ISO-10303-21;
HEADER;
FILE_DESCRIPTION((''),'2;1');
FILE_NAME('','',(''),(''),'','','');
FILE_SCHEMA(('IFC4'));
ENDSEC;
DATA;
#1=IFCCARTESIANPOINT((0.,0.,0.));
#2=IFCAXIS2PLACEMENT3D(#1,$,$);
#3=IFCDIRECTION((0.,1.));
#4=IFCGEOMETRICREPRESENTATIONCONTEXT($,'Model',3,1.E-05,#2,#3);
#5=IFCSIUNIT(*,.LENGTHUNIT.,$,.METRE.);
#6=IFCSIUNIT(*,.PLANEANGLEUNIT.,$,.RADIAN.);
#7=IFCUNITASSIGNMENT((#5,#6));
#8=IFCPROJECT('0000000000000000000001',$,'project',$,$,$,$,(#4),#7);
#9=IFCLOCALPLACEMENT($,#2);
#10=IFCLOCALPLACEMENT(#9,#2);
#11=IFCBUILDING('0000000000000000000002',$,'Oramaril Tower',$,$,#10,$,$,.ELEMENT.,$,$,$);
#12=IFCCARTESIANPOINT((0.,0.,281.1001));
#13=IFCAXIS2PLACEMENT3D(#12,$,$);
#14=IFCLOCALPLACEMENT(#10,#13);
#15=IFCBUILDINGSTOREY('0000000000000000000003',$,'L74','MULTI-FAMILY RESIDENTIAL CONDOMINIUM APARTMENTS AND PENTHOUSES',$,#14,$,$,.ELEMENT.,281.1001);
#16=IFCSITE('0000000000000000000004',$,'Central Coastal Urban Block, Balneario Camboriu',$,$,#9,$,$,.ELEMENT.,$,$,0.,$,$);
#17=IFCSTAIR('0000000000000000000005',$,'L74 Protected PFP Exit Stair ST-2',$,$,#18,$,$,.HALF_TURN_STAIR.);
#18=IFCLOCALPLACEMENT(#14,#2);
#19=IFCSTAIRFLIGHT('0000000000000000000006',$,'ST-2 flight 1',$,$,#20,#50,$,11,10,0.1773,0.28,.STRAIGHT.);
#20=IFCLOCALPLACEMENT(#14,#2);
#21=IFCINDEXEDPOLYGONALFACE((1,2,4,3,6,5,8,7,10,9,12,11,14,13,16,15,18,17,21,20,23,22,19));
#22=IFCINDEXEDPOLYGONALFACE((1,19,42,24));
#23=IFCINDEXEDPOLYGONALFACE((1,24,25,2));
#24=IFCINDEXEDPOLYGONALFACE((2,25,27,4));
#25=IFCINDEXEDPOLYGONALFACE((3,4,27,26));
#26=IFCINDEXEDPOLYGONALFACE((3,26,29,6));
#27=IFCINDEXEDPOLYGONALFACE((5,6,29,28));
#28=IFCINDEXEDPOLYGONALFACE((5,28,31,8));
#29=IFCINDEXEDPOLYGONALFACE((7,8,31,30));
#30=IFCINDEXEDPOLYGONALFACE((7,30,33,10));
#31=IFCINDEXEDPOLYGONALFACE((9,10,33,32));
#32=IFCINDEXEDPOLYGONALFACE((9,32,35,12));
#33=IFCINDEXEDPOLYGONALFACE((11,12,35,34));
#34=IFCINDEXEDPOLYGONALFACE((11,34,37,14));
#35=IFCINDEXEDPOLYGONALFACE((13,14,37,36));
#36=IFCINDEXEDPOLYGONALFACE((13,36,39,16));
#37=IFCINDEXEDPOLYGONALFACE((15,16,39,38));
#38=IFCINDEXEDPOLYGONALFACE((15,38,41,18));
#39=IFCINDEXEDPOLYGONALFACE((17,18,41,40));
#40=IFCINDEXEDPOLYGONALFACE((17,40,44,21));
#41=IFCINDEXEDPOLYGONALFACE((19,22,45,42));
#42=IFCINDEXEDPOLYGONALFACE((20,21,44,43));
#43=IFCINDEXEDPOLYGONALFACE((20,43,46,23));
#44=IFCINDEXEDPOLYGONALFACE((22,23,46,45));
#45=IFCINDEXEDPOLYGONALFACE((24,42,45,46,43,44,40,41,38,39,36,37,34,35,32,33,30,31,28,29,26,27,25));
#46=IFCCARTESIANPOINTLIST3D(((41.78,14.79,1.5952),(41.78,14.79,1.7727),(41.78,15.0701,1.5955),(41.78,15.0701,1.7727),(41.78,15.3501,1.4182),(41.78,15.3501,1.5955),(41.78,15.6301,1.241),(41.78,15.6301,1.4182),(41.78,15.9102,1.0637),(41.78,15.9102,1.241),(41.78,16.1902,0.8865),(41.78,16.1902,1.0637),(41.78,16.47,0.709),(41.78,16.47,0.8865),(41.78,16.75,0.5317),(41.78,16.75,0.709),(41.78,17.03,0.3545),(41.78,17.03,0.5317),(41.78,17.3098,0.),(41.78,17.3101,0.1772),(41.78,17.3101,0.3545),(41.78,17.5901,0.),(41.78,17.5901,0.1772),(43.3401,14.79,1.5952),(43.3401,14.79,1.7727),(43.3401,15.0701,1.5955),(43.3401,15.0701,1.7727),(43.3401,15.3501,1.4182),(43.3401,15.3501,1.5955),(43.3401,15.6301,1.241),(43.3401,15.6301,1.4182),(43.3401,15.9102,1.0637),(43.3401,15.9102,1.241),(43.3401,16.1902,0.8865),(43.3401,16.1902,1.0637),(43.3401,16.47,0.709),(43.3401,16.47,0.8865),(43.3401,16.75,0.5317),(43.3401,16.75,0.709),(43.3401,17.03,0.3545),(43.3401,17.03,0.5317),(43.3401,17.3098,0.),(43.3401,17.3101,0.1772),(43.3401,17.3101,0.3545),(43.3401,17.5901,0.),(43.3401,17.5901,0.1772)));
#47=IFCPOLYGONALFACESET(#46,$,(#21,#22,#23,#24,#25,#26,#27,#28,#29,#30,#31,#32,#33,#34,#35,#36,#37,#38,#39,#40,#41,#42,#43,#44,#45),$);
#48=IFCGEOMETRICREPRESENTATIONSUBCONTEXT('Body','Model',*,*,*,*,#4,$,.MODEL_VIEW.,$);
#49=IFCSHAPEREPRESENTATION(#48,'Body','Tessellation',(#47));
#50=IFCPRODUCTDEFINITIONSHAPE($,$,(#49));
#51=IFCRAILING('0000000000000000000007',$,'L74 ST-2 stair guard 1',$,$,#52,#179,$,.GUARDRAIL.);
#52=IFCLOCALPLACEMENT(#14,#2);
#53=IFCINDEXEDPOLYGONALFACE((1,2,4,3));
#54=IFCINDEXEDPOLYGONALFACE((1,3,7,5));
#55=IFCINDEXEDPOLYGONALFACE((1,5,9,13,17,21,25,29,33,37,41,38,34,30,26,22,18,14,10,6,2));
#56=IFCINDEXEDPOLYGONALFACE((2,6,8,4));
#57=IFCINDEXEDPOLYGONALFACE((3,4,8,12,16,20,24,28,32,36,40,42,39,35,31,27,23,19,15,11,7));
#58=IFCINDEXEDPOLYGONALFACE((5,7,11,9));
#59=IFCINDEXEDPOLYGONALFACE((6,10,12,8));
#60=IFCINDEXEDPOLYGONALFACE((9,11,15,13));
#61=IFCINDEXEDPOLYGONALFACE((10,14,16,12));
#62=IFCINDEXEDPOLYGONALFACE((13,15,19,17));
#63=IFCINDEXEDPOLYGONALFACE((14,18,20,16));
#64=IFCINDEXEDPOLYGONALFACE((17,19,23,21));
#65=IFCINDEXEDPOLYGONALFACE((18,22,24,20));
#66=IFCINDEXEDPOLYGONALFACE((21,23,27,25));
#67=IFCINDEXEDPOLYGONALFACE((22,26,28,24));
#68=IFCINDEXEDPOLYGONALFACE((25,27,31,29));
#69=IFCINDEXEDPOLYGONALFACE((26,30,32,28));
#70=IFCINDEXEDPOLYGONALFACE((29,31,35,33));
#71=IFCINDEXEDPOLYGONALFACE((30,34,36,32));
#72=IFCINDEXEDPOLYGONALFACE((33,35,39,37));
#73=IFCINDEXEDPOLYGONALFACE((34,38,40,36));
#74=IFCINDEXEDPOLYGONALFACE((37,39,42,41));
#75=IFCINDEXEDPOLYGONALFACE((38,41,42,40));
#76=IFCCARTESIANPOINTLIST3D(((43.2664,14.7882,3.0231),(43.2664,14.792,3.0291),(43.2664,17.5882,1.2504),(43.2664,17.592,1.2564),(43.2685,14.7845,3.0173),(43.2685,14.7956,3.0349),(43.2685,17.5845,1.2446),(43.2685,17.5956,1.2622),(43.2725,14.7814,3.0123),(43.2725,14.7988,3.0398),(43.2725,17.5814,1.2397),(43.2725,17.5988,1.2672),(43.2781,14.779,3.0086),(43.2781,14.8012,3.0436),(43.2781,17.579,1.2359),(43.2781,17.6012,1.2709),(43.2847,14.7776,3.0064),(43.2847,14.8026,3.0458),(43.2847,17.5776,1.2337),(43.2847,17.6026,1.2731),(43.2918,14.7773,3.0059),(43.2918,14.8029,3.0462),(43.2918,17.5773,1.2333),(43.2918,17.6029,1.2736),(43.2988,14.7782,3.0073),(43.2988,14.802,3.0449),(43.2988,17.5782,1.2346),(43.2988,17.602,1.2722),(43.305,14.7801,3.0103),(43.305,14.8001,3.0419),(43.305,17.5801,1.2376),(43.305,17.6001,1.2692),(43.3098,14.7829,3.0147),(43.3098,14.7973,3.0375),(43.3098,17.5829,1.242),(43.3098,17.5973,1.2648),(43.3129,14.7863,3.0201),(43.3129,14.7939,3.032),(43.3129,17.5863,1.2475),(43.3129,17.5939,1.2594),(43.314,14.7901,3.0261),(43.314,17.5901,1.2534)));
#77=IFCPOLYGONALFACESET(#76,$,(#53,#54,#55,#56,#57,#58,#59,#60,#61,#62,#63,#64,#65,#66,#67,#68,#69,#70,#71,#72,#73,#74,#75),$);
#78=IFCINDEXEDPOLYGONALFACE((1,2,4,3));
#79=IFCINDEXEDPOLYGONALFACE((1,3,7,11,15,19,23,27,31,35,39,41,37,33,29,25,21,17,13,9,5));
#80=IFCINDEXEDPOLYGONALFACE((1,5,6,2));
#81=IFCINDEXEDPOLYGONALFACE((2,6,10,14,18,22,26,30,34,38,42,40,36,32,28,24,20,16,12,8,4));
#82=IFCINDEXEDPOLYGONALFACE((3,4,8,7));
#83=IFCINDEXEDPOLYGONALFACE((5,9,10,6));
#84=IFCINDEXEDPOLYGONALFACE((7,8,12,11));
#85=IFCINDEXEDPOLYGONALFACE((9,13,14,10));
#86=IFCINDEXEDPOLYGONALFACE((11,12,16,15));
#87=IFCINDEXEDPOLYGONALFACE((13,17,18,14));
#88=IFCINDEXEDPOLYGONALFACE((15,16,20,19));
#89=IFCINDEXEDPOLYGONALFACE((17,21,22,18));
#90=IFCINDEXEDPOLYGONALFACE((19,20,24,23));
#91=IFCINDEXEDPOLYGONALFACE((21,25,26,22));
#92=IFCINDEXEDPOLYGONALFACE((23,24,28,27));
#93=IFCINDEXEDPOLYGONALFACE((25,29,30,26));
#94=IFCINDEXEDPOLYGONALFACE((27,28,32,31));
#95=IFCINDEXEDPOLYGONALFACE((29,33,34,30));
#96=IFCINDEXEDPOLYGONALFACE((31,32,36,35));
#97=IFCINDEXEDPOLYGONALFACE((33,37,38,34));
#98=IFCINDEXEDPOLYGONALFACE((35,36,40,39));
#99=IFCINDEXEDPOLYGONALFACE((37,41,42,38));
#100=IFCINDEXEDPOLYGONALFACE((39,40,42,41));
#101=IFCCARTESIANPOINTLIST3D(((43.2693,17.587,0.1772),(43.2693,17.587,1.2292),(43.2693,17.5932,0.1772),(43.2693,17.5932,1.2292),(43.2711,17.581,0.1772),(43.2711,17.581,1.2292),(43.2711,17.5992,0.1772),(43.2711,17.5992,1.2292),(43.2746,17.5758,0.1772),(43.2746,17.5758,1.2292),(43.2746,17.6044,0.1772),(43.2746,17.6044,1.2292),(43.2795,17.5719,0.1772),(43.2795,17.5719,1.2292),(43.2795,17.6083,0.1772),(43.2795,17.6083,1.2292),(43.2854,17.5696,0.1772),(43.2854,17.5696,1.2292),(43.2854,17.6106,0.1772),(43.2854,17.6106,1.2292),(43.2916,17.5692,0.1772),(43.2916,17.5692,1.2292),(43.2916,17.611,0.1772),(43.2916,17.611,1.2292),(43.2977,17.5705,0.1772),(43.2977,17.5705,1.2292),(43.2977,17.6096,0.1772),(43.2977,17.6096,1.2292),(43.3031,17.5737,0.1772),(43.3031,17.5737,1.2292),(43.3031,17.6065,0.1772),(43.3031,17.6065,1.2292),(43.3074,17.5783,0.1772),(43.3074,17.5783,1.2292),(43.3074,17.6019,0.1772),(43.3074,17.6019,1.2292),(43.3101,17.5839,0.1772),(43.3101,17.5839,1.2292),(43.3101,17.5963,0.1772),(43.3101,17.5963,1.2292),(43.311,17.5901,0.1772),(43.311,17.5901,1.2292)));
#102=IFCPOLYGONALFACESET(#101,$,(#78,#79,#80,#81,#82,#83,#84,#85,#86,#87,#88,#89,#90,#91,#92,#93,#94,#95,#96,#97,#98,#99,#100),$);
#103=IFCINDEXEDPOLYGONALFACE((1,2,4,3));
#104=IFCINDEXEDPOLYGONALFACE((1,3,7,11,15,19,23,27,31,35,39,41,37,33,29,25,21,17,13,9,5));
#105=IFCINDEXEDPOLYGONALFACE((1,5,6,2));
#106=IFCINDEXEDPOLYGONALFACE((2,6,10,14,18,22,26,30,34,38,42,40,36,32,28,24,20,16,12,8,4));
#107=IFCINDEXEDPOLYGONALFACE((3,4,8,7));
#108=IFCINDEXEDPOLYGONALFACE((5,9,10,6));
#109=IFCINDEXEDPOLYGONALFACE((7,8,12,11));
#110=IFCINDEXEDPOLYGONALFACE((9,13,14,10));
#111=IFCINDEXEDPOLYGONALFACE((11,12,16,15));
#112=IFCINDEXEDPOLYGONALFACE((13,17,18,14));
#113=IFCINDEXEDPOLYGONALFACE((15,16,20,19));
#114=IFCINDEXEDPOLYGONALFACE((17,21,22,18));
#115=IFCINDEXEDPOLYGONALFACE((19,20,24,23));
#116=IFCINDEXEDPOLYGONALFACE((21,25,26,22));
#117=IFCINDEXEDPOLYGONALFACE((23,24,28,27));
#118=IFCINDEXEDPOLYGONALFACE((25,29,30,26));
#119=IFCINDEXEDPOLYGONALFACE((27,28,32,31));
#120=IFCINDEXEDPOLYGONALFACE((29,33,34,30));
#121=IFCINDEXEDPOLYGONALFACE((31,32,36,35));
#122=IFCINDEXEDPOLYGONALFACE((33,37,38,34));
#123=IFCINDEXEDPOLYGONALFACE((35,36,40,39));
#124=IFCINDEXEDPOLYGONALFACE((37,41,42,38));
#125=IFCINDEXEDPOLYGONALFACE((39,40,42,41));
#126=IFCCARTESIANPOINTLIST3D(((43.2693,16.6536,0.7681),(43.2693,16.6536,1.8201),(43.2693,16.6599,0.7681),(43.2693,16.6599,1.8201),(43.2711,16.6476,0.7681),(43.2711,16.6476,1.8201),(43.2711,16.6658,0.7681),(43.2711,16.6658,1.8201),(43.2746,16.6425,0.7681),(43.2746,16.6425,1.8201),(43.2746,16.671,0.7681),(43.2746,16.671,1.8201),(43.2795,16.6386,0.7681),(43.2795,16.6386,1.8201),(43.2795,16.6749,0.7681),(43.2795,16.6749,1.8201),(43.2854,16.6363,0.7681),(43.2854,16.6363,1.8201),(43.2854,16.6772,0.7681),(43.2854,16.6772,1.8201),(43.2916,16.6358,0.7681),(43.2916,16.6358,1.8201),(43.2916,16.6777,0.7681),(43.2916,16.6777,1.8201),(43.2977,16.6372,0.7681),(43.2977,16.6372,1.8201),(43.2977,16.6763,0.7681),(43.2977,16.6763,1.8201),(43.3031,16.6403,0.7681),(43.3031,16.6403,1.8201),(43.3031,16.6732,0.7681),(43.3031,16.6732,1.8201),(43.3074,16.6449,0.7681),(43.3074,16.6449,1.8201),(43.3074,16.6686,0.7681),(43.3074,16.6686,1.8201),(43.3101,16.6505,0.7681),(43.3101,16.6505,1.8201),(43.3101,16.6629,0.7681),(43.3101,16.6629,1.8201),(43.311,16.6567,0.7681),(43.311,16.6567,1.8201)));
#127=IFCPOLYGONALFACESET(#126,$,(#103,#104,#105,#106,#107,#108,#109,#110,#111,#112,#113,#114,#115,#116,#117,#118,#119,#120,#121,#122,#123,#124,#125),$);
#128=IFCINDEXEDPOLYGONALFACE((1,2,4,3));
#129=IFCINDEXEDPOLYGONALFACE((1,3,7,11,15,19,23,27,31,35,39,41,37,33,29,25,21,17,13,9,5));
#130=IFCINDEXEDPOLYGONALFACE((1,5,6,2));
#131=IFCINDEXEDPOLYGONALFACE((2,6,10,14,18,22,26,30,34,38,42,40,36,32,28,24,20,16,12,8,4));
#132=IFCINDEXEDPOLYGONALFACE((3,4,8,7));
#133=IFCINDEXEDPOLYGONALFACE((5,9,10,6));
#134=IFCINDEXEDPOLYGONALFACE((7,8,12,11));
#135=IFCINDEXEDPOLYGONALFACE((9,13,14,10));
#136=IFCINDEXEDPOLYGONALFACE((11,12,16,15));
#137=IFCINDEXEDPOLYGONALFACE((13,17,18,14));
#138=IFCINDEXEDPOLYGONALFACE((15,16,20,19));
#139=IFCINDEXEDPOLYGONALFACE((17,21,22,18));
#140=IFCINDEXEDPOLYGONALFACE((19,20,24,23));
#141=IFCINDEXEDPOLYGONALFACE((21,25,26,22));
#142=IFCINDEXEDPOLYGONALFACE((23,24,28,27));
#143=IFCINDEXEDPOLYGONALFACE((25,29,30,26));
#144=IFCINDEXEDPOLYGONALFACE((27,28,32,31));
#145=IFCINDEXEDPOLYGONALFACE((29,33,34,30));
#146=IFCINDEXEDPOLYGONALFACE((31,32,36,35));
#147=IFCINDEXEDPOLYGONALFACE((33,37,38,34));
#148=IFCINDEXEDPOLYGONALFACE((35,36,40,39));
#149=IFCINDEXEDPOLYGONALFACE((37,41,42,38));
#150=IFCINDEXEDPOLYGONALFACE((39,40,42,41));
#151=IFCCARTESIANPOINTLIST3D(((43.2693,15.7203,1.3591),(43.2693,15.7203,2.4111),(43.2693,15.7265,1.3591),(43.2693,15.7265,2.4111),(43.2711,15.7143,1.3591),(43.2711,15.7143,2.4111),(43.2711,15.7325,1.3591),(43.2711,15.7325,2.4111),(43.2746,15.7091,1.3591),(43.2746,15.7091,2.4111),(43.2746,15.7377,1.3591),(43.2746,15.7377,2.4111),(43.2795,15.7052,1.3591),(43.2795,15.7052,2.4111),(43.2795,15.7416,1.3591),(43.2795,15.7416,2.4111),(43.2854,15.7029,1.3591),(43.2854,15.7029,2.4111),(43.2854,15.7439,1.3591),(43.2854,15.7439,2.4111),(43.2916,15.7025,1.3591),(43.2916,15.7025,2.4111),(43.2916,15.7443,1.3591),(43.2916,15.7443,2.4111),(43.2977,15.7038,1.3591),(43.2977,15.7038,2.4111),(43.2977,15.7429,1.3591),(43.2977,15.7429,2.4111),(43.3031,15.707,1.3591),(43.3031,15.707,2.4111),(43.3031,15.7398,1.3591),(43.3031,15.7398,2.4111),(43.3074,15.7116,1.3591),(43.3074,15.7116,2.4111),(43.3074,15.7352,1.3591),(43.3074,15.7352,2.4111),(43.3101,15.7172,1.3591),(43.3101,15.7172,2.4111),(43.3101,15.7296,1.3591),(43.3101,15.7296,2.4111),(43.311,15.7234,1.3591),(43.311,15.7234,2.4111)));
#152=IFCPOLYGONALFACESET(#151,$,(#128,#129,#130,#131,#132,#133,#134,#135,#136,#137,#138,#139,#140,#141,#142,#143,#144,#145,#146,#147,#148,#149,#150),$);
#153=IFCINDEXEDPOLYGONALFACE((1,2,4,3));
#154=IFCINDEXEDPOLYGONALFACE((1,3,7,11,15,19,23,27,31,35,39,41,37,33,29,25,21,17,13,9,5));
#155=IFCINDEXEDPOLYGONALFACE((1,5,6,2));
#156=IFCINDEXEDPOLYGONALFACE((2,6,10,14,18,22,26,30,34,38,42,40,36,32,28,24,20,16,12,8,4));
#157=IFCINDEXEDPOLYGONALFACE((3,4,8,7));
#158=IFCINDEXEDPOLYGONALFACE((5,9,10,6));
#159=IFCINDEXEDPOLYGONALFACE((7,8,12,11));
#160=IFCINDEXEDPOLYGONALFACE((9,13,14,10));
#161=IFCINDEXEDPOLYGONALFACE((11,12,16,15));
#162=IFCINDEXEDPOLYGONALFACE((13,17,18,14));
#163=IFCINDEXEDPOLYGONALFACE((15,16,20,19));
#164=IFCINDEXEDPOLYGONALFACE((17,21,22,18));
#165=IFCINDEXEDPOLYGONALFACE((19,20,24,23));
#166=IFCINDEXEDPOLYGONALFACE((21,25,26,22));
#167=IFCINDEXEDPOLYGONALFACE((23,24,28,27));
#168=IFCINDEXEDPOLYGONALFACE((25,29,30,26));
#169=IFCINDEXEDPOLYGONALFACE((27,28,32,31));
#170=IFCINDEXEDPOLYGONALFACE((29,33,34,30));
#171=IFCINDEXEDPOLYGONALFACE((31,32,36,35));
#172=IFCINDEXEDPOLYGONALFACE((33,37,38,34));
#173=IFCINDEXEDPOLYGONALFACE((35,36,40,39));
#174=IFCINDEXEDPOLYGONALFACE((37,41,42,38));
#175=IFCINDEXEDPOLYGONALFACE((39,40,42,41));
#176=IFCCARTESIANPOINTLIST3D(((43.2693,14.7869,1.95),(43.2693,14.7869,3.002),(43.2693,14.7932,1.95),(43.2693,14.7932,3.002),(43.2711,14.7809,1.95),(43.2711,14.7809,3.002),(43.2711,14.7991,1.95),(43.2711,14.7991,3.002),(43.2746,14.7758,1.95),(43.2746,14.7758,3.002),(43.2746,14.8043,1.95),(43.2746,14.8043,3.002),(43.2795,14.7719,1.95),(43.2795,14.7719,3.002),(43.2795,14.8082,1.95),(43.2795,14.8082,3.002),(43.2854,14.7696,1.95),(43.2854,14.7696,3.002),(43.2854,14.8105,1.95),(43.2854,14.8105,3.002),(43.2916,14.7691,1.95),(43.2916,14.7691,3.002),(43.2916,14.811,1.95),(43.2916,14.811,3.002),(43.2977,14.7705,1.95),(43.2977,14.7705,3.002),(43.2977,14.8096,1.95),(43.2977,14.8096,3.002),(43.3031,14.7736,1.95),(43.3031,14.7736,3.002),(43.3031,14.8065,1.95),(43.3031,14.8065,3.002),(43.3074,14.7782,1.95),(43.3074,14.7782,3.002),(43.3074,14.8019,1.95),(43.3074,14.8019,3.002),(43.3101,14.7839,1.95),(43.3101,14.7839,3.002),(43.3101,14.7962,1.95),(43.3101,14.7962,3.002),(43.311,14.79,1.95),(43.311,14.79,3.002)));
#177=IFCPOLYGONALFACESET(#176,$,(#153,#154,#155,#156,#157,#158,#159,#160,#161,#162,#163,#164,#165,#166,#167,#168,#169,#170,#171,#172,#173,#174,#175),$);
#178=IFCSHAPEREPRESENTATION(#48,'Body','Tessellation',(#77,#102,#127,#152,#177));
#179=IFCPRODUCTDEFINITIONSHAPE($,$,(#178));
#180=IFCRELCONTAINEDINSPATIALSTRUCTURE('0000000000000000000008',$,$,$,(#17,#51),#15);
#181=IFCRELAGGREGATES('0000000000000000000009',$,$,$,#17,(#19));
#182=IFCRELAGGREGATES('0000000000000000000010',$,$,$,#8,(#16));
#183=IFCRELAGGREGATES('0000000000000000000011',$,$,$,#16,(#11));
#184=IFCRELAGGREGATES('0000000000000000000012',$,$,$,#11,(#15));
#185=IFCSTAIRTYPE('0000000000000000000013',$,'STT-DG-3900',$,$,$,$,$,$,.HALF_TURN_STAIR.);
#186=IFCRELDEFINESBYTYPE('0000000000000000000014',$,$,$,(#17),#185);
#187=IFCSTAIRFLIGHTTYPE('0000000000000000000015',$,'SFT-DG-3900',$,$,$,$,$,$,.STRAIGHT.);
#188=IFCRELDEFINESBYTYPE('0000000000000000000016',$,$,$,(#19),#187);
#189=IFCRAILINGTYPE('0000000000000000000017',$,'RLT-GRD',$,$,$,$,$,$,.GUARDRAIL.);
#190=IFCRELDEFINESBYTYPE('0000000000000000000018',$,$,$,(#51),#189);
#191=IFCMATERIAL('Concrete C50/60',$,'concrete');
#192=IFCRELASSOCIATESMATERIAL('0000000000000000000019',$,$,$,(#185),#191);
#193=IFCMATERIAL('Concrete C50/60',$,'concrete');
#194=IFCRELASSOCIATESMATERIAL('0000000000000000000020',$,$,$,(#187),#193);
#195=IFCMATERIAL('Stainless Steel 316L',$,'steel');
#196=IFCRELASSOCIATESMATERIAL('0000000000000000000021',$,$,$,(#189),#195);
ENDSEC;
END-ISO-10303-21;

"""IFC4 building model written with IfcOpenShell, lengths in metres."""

from ifc_helpers import new_model, si_unit, direction, frame, origin, origin_2d, place, context, subcontext, project, spatial, polyline, circle, outline, extrude, material, type_object, element, aggregate, save


model = new_model("IFC4")

# Units and contexts
model_context = context("Model", 3, precision=1e-05, world=origin(), true_north=direction((0.0, 1.0)))
body_context = subcontext(model_context, "Body", "Model", "MODEL_VIEW")
ifc_project = project(units=[si_unit("LENGTHUNIT", "METRE"), si_unit("PLANEANGLEUNIT", "RADIAN")], contexts=[model_context])

# Site, building, storey
site_placement = place(None, origin())
site = spatial("IfcSite", under=ifc_project, at=site_placement, Name="Central Coastal Urban Block, Balneario Camboriu", CompositionType="ELEMENT", RefElevation=0.0)
building_placement = place(site_placement, origin())
building = spatial("IfcBuilding", under=site, at=building_placement, Name="Oramaril Tower", CompositionType="ELEMENT")
storey_placement = place(building_placement, frame((0.0, 0.0, 281.1001)))
storey = spatial("IfcBuildingStorey", under=building, at=storey_placement, Name="L74", Description="MULTI-FAMILY RESIDENTIAL CONDOMINIUM APARTMENTS AND PENTHOUSES", CompositionType="ELEMENT", Elevation=281.1001)

# Stair, stair flight
ifc_material_1 = material(Name="Concrete C50/60", Category="concrete")
stair_type = type_object("IfcStairType", Name="STT-DG-3900", PredefinedType="HALF_TURN_STAIR", material=ifc_material_1)
stair_placement = place(storey_placement, origin())
stair = element("IfcStair", 1, at=stair_placement, inside=storey, type_object=stair_type, Name="L74 Protected PFP Exit Stair ST-2", PredefinedType="HALF_TURN_STAIR")
ifc_material_2 = material(Name="Concrete C50/60", Category="concrete")
stair_flight_type = type_object("IfcStairFlightType", Name="SFT-DG-3900", PredefinedType="STRAIGHT", material=ifc_material_2)
stair_flight_placement = place(storey_placement, frame((42.5601, 17.5901, 0.0), z_axis=(0.0, 0.0, 1.0), x_axis=(0.0, -1.0, 0.0)))
stair_flight = element("IfcStairFlight", 2, at=stair_flight_placement, type_object=stair_flight_type, Name="ST-2 flight 1", NumberOfRisers=11, NumberOfTreads=10, PredefinedType="STRAIGHT", RiserHeight=0.1773, TreadLength=0.28, context=body_context, shape_type="SweptSolid", body=[
    extrude(outline(polyline([(0.0, 0.0), (0.0, 0.1772), (0.28, 0.1772), (0.28, 0.3545), (0.5601, 0.3545), (0.5601, 0.5317), (0.8401, 0.5317), (0.8401, 0.709), (1.1201, 0.709), (1.1201, 0.8865), (1.3999, 0.8865), (1.3999, 1.0637), (1.6799, 1.0637), (1.6799, 1.241), (1.96, 1.241), (1.96, 1.4182), (2.24, 1.4182), (2.24, 1.5955), (2.52, 1.5955), (2.52, 1.7727), (2.8, 1.7727), (2.8, 1.95), (2.8, 1.5952), (0.2803, 0.0), (0.0, 0.0)])), frame((0.0, 0.78, 0.0), z_axis=(0.0, -1.0, 0.0), x_axis=(1.0, 0.0, 0.0)), (0.0, 0.0, 1.0), 1.5601),
])
aggregate(stair, [stair_flight])

# Railing
ifc_material_3 = material(Name="Stainless Steel 316L", Category="steel")
railing_type_1 = type_object("IfcRailingType", Name="RLT-GRD", PredefinedType="GUARDRAIL", material=ifc_material_3)
railing_1_placement = place(storey_placement, frame((43.29, 17.5901, 0.1772)))
element("IfcRailing", 3, at=railing_1_placement, inside=storey, type_object=railing_type_1, Name="L74 ST-2 stair guard 1", PredefinedType="GUARDRAIL", context=body_context, shape_type="SweptSolid", body=[
    extrude(circle(Radius=0.0239, at=origin_2d()), frame((0.0, 0.0, 1.0762), z_axis=(0.0, -0.844909, 0.53491), x_axis=(1.0, 0.0, 0.0)), (0.0, 0.0, 1.0), 3.314),
    extrude(circle(Radius=0.021, at=origin_2d()), origin(), (0.0, 0.0, 1.0), 1.052),
    extrude(circle(Radius=0.021, at=origin_2d()), frame((0.0, -0.9333, 0.5908)), (0.0, 0.0, 1.0), 1.052),
    extrude(circle(Radius=0.021, at=origin_2d()), frame((0.0, -1.8667, 1.1819)), (0.0, 0.0, 1.0), 1.052),
    extrude(circle(Radius=0.021, at=origin_2d()), frame((0.0, -2.8, 1.7727)), (0.0, 0.0, 1.0), 1.052),
])

save(model, "model.ifc")
